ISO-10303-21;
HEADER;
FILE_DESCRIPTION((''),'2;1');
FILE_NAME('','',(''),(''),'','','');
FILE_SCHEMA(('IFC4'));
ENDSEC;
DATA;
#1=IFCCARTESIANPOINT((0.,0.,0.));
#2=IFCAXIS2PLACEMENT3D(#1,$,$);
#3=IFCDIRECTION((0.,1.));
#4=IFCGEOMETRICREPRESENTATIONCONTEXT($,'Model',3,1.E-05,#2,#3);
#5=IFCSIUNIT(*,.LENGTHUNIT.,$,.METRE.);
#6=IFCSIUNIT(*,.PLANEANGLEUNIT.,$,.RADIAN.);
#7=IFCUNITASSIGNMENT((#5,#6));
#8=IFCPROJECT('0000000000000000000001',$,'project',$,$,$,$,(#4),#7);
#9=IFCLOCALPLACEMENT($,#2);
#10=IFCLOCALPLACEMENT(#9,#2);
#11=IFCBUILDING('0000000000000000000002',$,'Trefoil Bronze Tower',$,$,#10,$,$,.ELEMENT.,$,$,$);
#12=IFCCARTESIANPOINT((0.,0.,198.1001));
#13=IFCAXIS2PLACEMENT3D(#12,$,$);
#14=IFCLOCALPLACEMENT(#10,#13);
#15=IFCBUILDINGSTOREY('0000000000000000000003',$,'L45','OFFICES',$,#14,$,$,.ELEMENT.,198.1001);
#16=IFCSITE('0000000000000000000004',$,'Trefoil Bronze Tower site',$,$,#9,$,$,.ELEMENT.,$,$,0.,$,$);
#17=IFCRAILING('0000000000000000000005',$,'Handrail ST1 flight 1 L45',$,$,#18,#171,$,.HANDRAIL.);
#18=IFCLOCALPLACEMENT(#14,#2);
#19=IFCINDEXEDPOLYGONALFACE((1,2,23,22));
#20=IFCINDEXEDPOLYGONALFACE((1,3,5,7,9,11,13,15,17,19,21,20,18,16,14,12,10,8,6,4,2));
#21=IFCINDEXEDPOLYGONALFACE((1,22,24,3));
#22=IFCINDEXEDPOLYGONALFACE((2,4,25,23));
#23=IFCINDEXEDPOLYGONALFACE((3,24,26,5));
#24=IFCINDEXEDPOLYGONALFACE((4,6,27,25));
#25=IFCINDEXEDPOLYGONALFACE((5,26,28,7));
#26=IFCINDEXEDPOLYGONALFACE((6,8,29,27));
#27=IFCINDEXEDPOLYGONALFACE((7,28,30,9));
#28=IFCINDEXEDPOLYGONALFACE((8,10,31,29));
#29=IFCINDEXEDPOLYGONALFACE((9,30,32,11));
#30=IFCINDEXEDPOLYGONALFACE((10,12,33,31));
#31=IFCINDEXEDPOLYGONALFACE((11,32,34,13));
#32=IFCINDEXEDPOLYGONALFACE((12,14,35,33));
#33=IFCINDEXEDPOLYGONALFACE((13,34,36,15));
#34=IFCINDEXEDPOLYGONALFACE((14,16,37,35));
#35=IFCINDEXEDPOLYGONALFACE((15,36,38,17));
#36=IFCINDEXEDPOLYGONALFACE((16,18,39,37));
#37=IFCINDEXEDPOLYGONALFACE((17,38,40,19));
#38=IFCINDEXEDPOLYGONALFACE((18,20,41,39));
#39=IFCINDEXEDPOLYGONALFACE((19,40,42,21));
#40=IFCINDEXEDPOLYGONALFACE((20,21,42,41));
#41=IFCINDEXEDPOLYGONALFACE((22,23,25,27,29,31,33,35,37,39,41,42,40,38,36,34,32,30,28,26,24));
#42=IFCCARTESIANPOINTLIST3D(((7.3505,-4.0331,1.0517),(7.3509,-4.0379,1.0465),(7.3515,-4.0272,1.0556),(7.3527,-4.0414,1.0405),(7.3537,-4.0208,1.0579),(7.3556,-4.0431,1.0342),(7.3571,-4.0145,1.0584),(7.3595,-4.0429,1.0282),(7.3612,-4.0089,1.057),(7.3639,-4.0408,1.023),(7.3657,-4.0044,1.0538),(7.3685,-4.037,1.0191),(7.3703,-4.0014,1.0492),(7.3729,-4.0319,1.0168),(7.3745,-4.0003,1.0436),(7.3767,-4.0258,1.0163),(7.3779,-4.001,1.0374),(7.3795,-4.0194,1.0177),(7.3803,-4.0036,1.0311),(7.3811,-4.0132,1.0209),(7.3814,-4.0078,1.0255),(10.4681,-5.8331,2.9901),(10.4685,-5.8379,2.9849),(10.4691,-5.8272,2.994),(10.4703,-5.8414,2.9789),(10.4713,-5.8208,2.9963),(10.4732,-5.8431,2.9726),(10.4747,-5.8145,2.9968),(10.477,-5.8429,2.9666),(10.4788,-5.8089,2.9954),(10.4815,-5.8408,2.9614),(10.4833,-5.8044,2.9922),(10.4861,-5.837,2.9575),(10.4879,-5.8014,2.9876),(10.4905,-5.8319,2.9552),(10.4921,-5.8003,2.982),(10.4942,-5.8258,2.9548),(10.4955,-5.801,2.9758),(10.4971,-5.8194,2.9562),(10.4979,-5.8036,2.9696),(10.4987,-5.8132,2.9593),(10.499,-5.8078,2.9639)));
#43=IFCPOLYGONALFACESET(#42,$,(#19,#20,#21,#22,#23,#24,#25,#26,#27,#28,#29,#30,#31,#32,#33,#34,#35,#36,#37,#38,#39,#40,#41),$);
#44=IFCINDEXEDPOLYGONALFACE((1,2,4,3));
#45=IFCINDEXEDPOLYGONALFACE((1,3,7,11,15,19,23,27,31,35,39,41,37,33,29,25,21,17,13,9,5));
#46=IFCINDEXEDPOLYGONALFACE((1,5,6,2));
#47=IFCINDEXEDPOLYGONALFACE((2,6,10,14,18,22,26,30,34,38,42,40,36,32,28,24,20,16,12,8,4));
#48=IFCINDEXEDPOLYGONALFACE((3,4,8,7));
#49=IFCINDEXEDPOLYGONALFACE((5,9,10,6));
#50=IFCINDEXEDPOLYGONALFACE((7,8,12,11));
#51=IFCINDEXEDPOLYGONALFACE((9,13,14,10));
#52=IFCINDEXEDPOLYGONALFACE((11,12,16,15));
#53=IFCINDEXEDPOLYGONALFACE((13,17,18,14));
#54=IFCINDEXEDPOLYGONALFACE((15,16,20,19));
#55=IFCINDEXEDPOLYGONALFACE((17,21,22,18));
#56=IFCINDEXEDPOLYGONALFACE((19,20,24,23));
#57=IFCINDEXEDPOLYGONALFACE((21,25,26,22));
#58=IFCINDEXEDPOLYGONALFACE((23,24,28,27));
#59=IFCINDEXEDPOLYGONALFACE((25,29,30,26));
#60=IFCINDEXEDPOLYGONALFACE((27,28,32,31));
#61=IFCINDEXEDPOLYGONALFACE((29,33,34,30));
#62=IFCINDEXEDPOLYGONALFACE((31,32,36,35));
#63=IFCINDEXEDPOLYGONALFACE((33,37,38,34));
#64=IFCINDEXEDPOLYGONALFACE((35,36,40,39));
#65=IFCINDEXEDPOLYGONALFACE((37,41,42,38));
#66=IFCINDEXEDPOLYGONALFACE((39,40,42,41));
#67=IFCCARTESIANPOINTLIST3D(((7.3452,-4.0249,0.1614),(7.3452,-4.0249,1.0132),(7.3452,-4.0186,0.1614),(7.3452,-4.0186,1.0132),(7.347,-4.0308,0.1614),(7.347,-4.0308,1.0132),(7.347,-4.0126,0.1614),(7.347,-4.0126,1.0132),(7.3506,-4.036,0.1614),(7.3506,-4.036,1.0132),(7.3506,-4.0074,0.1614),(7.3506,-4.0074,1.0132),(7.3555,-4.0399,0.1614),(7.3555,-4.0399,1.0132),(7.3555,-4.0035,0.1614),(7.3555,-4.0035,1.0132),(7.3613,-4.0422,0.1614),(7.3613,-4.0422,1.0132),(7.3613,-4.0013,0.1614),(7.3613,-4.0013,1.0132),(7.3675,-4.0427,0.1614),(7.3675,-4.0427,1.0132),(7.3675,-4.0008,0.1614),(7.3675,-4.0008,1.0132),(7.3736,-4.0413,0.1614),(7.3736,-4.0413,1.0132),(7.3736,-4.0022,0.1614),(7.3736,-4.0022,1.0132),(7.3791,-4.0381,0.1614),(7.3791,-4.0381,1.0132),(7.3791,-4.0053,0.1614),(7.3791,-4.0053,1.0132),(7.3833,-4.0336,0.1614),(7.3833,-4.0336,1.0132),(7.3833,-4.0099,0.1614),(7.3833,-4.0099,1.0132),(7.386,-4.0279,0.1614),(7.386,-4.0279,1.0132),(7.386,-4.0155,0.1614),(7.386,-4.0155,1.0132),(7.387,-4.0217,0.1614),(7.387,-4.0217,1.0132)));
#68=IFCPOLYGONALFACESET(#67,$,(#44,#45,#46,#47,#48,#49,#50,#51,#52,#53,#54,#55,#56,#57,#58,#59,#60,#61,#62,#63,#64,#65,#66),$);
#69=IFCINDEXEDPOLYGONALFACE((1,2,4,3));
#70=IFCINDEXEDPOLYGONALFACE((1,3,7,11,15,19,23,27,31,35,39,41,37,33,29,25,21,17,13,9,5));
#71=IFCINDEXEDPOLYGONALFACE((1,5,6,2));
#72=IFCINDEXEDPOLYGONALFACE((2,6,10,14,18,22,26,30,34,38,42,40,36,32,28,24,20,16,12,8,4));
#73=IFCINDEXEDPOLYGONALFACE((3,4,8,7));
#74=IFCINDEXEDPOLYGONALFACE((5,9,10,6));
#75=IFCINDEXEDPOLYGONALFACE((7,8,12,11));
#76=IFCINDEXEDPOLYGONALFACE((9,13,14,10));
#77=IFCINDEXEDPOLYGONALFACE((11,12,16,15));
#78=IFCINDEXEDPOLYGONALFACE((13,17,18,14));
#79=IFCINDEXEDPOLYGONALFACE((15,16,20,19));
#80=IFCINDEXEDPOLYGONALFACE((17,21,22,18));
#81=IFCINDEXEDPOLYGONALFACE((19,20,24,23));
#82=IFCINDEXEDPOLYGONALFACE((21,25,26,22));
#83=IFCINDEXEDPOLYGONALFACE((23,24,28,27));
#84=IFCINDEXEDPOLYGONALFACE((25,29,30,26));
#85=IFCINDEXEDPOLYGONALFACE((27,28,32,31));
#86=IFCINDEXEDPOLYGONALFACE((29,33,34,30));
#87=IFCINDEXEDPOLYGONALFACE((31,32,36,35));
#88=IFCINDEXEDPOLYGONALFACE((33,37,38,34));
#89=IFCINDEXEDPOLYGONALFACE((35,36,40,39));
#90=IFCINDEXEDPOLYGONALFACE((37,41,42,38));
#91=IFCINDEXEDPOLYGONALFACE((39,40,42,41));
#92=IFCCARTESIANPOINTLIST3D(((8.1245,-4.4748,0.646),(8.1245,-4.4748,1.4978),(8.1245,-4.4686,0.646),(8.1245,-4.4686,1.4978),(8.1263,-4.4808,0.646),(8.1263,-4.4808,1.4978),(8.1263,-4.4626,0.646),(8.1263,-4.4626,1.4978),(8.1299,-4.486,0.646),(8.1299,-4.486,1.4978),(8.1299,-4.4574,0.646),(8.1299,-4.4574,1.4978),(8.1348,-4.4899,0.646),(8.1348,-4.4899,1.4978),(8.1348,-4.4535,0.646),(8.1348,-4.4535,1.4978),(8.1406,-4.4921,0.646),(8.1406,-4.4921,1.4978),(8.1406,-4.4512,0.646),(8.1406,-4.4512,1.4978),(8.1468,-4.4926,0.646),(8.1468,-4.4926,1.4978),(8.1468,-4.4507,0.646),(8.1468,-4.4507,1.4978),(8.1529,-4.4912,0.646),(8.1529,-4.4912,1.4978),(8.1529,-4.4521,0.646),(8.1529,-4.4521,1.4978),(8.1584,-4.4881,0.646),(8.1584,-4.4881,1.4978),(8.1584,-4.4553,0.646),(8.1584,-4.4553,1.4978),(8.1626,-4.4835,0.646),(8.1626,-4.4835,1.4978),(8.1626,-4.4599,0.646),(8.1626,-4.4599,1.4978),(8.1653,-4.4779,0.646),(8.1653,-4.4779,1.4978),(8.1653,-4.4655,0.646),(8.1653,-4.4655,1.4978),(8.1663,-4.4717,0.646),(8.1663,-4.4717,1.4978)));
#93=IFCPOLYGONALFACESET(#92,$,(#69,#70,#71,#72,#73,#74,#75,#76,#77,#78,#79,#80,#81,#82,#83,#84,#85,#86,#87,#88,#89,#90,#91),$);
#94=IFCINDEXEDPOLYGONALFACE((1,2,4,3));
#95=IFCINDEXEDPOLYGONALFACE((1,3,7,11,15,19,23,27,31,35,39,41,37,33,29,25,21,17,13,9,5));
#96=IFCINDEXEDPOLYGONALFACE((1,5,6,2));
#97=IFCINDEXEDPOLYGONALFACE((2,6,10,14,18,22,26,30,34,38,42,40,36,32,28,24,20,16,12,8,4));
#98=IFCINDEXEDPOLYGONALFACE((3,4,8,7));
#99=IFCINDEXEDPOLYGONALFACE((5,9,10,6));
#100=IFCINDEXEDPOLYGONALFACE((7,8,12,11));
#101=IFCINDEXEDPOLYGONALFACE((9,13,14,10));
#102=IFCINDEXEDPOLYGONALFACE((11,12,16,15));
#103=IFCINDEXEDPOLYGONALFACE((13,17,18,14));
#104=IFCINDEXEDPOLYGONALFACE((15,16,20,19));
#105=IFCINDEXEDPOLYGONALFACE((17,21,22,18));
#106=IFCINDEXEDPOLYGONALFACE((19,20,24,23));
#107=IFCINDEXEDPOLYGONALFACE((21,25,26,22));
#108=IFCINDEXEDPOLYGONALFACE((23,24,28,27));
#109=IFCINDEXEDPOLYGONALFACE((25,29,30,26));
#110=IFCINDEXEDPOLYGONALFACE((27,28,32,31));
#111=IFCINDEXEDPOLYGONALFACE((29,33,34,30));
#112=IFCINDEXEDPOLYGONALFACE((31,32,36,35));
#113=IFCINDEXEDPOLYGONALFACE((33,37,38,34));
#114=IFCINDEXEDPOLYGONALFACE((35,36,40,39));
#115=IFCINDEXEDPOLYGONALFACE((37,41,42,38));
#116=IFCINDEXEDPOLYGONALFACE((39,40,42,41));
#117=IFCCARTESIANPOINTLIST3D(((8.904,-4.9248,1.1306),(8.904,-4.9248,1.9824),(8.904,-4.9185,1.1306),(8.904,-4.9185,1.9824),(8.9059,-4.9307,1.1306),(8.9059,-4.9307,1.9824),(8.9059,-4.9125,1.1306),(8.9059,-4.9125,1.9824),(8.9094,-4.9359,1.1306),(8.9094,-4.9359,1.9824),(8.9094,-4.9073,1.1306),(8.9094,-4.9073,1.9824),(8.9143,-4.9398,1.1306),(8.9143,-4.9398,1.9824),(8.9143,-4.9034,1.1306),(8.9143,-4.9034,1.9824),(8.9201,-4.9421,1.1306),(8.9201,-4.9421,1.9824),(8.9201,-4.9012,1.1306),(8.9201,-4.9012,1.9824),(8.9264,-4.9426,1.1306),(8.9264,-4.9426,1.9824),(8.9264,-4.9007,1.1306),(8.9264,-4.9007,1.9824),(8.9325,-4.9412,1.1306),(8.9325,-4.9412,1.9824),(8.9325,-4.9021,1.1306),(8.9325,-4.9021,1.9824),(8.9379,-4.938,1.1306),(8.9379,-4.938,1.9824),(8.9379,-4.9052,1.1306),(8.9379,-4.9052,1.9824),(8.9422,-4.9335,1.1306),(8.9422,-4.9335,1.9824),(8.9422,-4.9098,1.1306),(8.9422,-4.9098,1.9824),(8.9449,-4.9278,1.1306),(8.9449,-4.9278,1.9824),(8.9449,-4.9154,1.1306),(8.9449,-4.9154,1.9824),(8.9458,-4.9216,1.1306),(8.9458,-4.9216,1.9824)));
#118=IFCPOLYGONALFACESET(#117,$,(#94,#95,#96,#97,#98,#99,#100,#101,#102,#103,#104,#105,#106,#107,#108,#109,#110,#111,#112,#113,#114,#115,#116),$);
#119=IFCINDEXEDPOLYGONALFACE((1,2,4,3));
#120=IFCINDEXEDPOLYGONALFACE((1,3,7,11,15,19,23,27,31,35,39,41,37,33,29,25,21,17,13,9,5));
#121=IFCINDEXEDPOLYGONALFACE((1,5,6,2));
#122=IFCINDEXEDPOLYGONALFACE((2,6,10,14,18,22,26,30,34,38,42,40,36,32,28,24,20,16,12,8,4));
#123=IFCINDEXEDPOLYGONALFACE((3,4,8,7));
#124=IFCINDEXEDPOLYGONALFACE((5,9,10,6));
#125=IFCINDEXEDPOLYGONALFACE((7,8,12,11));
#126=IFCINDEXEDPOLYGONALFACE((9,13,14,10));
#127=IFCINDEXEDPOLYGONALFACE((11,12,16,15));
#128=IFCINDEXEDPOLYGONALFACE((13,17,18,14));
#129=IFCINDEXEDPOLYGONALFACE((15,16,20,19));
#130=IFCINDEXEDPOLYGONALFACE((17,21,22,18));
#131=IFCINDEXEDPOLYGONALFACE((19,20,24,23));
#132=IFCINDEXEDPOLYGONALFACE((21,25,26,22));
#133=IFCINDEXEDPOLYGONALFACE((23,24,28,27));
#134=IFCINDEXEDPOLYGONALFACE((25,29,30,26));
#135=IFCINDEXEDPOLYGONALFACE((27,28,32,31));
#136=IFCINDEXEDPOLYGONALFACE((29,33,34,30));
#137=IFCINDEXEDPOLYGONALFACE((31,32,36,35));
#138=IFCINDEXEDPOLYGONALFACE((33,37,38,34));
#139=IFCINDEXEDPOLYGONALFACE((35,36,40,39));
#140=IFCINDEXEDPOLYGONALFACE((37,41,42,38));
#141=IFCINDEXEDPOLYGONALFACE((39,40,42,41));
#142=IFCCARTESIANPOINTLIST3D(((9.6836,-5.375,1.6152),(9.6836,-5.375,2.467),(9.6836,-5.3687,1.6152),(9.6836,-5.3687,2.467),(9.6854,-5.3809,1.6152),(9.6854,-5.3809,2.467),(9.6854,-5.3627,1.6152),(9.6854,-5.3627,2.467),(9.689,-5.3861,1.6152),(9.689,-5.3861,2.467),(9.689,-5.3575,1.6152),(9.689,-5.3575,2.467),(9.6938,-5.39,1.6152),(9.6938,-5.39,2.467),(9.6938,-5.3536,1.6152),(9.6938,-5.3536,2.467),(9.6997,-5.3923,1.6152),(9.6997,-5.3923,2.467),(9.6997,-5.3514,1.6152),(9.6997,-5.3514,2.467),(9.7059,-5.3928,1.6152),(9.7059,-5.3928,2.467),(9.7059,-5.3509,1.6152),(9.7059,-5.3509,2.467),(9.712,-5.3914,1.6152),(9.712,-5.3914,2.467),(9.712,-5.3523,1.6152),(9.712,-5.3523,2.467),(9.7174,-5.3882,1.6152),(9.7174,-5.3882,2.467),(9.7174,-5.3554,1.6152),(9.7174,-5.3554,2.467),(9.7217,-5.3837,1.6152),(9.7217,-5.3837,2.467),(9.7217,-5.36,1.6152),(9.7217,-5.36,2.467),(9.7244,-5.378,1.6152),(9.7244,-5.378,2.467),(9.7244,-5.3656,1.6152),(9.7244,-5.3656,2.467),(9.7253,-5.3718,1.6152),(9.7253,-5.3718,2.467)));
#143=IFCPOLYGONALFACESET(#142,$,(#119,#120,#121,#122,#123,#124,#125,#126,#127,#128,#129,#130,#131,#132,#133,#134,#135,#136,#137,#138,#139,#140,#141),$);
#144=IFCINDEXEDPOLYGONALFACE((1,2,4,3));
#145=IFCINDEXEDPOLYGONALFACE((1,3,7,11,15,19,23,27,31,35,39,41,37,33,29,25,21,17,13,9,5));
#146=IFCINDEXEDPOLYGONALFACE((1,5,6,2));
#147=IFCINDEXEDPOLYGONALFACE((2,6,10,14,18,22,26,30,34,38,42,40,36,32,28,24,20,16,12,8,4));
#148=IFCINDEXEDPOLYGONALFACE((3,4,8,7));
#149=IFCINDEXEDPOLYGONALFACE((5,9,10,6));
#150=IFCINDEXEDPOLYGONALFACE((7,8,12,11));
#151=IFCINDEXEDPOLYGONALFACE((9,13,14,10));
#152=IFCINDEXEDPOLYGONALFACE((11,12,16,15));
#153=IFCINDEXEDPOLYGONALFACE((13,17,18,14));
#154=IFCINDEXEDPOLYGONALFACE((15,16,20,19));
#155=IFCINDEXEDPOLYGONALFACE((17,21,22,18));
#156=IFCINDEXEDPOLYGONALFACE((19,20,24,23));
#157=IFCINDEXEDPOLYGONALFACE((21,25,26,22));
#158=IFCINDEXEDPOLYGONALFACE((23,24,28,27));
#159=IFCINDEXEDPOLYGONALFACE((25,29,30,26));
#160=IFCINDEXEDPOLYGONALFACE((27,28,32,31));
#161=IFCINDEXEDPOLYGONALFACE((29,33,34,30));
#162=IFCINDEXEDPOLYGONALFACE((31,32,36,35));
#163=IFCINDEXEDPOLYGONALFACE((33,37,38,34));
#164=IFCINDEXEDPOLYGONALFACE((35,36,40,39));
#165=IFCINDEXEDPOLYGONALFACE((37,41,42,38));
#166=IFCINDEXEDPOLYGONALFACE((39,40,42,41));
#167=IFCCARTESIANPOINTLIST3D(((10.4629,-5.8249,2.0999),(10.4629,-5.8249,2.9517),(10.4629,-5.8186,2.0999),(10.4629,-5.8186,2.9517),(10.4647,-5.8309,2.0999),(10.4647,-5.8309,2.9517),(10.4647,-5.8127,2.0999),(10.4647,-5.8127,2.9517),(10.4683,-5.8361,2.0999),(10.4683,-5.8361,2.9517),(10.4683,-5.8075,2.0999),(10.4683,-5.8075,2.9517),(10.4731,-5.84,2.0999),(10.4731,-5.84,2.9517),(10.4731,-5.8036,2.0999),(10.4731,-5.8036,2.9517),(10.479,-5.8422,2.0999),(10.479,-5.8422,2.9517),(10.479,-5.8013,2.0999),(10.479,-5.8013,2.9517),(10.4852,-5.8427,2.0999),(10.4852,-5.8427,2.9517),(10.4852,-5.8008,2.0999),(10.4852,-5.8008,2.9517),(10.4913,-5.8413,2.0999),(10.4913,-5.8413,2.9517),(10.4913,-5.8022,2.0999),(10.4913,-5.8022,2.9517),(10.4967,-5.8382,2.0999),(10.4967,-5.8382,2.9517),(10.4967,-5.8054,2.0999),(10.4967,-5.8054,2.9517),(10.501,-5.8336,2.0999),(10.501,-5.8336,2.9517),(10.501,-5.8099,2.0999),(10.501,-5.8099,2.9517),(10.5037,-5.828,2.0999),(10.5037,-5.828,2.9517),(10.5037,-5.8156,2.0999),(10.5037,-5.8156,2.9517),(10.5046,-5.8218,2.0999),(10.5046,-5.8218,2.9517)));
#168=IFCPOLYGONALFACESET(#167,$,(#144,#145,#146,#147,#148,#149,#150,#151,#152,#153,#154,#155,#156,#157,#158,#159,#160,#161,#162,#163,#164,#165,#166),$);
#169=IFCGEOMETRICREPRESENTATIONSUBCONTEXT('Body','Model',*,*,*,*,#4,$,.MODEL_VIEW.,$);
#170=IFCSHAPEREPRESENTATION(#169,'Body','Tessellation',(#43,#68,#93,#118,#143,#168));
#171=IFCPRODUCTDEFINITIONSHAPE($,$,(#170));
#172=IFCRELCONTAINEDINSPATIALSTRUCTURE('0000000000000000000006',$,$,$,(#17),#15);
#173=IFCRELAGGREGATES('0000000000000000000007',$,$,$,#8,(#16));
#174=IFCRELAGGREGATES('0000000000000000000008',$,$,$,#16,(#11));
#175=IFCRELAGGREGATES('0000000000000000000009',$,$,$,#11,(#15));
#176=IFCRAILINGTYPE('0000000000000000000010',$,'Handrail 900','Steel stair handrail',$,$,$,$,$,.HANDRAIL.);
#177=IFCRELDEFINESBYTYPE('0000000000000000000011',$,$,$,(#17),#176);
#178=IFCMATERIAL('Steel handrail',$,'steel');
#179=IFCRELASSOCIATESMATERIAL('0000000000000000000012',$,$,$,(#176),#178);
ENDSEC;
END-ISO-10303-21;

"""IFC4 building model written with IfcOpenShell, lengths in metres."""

from ifc_helpers import new_model, si_unit, direction, frame, origin, origin_2d, place, context, subcontext, project, spatial, circle, extrude, material, type_object, element, save


model = new_model("IFC4")

# Units and contexts
model_context = context("Model", 3, precision=1e-05, world=origin(), true_north=direction((0.0, 1.0)))
body_context = subcontext(model_context, "Body", "Model", "MODEL_VIEW")
ifc_project = project(units=[si_unit("LENGTHUNIT", "METRE"), si_unit("PLANEANGLEUNIT", "RADIAN")], contexts=[model_context])

# Site, building, storey
site_placement = place(None, origin())
site = spatial("IfcSite", under=ifc_project, at=site_placement, Name="Trefoil Bronze Tower site", CompositionType="ELEMENT", RefElevation=0.0)
building_placement = place(site_placement, origin())
building = spatial("IfcBuilding", under=site, at=building_placement, Name="Trefoil Bronze Tower", CompositionType="ELEMENT")
storey_placement = place(building_placement, frame((0.0, 0.0, 198.1001)))
storey = spatial("IfcBuildingStorey", under=building, at=storey_placement, Name="L45", Description="OFFICES", CompositionType="ELEMENT", Elevation=198.1001)

# Railing
ifc_material_1 = material(Name="Steel handrail", Category="steel")
railing_type = type_object("IfcRailingType", Name="Handrail 900", Description="Steel stair handrail", PredefinedType="HANDRAIL", material=ifc_material_1)
railing_1_placement = place(storey_placement, frame((7.366, -4.0217, 0.1614)))
element("IfcRailing", 1, at=railing_1_placement, inside=storey, type_object=railing_type, Name="Handrail ST1 flight 1 L45", PredefinedType="HANDRAIL", context=body_context, shape_type="SweptSolid", body=[
    extrude(circle(Radius=0.0239, at=origin_2d()), frame((0.0, 0.0, 0.876), z_axis=(0.762503, -0.440246, 0.474102), x_axis=(0.500012, 0.866018, 0.0)), (0.0, 0.0, 1.0), 4.0886),
    extrude(circle(Radius=0.021, at=origin_2d()), origin(), (0.0, 0.0, 1.0), 0.8518),
    extrude(circle(Radius=0.021, at=origin_2d()), frame((0.7793, -0.45, 0.4846)), (0.0, 0.0, 1.0), 0.8518),
    extrude(circle(Radius=0.021, at=origin_2d()), frame((1.5588, -0.8999, 0.9692)), (0.0, 0.0, 1.0), 0.8518),
    extrude(circle(Radius=0.021, at=origin_2d()), frame((2.3384, -1.3501, 1.4539)), (0.0, 0.0, 1.0), 0.8518),
    extrude(circle(Radius=0.021, at=origin_2d()), frame((3.1177, -1.8, 1.9385)), (0.0, 0.0, 1.0), 0.8518),
])

save(model, "model.ifc")
